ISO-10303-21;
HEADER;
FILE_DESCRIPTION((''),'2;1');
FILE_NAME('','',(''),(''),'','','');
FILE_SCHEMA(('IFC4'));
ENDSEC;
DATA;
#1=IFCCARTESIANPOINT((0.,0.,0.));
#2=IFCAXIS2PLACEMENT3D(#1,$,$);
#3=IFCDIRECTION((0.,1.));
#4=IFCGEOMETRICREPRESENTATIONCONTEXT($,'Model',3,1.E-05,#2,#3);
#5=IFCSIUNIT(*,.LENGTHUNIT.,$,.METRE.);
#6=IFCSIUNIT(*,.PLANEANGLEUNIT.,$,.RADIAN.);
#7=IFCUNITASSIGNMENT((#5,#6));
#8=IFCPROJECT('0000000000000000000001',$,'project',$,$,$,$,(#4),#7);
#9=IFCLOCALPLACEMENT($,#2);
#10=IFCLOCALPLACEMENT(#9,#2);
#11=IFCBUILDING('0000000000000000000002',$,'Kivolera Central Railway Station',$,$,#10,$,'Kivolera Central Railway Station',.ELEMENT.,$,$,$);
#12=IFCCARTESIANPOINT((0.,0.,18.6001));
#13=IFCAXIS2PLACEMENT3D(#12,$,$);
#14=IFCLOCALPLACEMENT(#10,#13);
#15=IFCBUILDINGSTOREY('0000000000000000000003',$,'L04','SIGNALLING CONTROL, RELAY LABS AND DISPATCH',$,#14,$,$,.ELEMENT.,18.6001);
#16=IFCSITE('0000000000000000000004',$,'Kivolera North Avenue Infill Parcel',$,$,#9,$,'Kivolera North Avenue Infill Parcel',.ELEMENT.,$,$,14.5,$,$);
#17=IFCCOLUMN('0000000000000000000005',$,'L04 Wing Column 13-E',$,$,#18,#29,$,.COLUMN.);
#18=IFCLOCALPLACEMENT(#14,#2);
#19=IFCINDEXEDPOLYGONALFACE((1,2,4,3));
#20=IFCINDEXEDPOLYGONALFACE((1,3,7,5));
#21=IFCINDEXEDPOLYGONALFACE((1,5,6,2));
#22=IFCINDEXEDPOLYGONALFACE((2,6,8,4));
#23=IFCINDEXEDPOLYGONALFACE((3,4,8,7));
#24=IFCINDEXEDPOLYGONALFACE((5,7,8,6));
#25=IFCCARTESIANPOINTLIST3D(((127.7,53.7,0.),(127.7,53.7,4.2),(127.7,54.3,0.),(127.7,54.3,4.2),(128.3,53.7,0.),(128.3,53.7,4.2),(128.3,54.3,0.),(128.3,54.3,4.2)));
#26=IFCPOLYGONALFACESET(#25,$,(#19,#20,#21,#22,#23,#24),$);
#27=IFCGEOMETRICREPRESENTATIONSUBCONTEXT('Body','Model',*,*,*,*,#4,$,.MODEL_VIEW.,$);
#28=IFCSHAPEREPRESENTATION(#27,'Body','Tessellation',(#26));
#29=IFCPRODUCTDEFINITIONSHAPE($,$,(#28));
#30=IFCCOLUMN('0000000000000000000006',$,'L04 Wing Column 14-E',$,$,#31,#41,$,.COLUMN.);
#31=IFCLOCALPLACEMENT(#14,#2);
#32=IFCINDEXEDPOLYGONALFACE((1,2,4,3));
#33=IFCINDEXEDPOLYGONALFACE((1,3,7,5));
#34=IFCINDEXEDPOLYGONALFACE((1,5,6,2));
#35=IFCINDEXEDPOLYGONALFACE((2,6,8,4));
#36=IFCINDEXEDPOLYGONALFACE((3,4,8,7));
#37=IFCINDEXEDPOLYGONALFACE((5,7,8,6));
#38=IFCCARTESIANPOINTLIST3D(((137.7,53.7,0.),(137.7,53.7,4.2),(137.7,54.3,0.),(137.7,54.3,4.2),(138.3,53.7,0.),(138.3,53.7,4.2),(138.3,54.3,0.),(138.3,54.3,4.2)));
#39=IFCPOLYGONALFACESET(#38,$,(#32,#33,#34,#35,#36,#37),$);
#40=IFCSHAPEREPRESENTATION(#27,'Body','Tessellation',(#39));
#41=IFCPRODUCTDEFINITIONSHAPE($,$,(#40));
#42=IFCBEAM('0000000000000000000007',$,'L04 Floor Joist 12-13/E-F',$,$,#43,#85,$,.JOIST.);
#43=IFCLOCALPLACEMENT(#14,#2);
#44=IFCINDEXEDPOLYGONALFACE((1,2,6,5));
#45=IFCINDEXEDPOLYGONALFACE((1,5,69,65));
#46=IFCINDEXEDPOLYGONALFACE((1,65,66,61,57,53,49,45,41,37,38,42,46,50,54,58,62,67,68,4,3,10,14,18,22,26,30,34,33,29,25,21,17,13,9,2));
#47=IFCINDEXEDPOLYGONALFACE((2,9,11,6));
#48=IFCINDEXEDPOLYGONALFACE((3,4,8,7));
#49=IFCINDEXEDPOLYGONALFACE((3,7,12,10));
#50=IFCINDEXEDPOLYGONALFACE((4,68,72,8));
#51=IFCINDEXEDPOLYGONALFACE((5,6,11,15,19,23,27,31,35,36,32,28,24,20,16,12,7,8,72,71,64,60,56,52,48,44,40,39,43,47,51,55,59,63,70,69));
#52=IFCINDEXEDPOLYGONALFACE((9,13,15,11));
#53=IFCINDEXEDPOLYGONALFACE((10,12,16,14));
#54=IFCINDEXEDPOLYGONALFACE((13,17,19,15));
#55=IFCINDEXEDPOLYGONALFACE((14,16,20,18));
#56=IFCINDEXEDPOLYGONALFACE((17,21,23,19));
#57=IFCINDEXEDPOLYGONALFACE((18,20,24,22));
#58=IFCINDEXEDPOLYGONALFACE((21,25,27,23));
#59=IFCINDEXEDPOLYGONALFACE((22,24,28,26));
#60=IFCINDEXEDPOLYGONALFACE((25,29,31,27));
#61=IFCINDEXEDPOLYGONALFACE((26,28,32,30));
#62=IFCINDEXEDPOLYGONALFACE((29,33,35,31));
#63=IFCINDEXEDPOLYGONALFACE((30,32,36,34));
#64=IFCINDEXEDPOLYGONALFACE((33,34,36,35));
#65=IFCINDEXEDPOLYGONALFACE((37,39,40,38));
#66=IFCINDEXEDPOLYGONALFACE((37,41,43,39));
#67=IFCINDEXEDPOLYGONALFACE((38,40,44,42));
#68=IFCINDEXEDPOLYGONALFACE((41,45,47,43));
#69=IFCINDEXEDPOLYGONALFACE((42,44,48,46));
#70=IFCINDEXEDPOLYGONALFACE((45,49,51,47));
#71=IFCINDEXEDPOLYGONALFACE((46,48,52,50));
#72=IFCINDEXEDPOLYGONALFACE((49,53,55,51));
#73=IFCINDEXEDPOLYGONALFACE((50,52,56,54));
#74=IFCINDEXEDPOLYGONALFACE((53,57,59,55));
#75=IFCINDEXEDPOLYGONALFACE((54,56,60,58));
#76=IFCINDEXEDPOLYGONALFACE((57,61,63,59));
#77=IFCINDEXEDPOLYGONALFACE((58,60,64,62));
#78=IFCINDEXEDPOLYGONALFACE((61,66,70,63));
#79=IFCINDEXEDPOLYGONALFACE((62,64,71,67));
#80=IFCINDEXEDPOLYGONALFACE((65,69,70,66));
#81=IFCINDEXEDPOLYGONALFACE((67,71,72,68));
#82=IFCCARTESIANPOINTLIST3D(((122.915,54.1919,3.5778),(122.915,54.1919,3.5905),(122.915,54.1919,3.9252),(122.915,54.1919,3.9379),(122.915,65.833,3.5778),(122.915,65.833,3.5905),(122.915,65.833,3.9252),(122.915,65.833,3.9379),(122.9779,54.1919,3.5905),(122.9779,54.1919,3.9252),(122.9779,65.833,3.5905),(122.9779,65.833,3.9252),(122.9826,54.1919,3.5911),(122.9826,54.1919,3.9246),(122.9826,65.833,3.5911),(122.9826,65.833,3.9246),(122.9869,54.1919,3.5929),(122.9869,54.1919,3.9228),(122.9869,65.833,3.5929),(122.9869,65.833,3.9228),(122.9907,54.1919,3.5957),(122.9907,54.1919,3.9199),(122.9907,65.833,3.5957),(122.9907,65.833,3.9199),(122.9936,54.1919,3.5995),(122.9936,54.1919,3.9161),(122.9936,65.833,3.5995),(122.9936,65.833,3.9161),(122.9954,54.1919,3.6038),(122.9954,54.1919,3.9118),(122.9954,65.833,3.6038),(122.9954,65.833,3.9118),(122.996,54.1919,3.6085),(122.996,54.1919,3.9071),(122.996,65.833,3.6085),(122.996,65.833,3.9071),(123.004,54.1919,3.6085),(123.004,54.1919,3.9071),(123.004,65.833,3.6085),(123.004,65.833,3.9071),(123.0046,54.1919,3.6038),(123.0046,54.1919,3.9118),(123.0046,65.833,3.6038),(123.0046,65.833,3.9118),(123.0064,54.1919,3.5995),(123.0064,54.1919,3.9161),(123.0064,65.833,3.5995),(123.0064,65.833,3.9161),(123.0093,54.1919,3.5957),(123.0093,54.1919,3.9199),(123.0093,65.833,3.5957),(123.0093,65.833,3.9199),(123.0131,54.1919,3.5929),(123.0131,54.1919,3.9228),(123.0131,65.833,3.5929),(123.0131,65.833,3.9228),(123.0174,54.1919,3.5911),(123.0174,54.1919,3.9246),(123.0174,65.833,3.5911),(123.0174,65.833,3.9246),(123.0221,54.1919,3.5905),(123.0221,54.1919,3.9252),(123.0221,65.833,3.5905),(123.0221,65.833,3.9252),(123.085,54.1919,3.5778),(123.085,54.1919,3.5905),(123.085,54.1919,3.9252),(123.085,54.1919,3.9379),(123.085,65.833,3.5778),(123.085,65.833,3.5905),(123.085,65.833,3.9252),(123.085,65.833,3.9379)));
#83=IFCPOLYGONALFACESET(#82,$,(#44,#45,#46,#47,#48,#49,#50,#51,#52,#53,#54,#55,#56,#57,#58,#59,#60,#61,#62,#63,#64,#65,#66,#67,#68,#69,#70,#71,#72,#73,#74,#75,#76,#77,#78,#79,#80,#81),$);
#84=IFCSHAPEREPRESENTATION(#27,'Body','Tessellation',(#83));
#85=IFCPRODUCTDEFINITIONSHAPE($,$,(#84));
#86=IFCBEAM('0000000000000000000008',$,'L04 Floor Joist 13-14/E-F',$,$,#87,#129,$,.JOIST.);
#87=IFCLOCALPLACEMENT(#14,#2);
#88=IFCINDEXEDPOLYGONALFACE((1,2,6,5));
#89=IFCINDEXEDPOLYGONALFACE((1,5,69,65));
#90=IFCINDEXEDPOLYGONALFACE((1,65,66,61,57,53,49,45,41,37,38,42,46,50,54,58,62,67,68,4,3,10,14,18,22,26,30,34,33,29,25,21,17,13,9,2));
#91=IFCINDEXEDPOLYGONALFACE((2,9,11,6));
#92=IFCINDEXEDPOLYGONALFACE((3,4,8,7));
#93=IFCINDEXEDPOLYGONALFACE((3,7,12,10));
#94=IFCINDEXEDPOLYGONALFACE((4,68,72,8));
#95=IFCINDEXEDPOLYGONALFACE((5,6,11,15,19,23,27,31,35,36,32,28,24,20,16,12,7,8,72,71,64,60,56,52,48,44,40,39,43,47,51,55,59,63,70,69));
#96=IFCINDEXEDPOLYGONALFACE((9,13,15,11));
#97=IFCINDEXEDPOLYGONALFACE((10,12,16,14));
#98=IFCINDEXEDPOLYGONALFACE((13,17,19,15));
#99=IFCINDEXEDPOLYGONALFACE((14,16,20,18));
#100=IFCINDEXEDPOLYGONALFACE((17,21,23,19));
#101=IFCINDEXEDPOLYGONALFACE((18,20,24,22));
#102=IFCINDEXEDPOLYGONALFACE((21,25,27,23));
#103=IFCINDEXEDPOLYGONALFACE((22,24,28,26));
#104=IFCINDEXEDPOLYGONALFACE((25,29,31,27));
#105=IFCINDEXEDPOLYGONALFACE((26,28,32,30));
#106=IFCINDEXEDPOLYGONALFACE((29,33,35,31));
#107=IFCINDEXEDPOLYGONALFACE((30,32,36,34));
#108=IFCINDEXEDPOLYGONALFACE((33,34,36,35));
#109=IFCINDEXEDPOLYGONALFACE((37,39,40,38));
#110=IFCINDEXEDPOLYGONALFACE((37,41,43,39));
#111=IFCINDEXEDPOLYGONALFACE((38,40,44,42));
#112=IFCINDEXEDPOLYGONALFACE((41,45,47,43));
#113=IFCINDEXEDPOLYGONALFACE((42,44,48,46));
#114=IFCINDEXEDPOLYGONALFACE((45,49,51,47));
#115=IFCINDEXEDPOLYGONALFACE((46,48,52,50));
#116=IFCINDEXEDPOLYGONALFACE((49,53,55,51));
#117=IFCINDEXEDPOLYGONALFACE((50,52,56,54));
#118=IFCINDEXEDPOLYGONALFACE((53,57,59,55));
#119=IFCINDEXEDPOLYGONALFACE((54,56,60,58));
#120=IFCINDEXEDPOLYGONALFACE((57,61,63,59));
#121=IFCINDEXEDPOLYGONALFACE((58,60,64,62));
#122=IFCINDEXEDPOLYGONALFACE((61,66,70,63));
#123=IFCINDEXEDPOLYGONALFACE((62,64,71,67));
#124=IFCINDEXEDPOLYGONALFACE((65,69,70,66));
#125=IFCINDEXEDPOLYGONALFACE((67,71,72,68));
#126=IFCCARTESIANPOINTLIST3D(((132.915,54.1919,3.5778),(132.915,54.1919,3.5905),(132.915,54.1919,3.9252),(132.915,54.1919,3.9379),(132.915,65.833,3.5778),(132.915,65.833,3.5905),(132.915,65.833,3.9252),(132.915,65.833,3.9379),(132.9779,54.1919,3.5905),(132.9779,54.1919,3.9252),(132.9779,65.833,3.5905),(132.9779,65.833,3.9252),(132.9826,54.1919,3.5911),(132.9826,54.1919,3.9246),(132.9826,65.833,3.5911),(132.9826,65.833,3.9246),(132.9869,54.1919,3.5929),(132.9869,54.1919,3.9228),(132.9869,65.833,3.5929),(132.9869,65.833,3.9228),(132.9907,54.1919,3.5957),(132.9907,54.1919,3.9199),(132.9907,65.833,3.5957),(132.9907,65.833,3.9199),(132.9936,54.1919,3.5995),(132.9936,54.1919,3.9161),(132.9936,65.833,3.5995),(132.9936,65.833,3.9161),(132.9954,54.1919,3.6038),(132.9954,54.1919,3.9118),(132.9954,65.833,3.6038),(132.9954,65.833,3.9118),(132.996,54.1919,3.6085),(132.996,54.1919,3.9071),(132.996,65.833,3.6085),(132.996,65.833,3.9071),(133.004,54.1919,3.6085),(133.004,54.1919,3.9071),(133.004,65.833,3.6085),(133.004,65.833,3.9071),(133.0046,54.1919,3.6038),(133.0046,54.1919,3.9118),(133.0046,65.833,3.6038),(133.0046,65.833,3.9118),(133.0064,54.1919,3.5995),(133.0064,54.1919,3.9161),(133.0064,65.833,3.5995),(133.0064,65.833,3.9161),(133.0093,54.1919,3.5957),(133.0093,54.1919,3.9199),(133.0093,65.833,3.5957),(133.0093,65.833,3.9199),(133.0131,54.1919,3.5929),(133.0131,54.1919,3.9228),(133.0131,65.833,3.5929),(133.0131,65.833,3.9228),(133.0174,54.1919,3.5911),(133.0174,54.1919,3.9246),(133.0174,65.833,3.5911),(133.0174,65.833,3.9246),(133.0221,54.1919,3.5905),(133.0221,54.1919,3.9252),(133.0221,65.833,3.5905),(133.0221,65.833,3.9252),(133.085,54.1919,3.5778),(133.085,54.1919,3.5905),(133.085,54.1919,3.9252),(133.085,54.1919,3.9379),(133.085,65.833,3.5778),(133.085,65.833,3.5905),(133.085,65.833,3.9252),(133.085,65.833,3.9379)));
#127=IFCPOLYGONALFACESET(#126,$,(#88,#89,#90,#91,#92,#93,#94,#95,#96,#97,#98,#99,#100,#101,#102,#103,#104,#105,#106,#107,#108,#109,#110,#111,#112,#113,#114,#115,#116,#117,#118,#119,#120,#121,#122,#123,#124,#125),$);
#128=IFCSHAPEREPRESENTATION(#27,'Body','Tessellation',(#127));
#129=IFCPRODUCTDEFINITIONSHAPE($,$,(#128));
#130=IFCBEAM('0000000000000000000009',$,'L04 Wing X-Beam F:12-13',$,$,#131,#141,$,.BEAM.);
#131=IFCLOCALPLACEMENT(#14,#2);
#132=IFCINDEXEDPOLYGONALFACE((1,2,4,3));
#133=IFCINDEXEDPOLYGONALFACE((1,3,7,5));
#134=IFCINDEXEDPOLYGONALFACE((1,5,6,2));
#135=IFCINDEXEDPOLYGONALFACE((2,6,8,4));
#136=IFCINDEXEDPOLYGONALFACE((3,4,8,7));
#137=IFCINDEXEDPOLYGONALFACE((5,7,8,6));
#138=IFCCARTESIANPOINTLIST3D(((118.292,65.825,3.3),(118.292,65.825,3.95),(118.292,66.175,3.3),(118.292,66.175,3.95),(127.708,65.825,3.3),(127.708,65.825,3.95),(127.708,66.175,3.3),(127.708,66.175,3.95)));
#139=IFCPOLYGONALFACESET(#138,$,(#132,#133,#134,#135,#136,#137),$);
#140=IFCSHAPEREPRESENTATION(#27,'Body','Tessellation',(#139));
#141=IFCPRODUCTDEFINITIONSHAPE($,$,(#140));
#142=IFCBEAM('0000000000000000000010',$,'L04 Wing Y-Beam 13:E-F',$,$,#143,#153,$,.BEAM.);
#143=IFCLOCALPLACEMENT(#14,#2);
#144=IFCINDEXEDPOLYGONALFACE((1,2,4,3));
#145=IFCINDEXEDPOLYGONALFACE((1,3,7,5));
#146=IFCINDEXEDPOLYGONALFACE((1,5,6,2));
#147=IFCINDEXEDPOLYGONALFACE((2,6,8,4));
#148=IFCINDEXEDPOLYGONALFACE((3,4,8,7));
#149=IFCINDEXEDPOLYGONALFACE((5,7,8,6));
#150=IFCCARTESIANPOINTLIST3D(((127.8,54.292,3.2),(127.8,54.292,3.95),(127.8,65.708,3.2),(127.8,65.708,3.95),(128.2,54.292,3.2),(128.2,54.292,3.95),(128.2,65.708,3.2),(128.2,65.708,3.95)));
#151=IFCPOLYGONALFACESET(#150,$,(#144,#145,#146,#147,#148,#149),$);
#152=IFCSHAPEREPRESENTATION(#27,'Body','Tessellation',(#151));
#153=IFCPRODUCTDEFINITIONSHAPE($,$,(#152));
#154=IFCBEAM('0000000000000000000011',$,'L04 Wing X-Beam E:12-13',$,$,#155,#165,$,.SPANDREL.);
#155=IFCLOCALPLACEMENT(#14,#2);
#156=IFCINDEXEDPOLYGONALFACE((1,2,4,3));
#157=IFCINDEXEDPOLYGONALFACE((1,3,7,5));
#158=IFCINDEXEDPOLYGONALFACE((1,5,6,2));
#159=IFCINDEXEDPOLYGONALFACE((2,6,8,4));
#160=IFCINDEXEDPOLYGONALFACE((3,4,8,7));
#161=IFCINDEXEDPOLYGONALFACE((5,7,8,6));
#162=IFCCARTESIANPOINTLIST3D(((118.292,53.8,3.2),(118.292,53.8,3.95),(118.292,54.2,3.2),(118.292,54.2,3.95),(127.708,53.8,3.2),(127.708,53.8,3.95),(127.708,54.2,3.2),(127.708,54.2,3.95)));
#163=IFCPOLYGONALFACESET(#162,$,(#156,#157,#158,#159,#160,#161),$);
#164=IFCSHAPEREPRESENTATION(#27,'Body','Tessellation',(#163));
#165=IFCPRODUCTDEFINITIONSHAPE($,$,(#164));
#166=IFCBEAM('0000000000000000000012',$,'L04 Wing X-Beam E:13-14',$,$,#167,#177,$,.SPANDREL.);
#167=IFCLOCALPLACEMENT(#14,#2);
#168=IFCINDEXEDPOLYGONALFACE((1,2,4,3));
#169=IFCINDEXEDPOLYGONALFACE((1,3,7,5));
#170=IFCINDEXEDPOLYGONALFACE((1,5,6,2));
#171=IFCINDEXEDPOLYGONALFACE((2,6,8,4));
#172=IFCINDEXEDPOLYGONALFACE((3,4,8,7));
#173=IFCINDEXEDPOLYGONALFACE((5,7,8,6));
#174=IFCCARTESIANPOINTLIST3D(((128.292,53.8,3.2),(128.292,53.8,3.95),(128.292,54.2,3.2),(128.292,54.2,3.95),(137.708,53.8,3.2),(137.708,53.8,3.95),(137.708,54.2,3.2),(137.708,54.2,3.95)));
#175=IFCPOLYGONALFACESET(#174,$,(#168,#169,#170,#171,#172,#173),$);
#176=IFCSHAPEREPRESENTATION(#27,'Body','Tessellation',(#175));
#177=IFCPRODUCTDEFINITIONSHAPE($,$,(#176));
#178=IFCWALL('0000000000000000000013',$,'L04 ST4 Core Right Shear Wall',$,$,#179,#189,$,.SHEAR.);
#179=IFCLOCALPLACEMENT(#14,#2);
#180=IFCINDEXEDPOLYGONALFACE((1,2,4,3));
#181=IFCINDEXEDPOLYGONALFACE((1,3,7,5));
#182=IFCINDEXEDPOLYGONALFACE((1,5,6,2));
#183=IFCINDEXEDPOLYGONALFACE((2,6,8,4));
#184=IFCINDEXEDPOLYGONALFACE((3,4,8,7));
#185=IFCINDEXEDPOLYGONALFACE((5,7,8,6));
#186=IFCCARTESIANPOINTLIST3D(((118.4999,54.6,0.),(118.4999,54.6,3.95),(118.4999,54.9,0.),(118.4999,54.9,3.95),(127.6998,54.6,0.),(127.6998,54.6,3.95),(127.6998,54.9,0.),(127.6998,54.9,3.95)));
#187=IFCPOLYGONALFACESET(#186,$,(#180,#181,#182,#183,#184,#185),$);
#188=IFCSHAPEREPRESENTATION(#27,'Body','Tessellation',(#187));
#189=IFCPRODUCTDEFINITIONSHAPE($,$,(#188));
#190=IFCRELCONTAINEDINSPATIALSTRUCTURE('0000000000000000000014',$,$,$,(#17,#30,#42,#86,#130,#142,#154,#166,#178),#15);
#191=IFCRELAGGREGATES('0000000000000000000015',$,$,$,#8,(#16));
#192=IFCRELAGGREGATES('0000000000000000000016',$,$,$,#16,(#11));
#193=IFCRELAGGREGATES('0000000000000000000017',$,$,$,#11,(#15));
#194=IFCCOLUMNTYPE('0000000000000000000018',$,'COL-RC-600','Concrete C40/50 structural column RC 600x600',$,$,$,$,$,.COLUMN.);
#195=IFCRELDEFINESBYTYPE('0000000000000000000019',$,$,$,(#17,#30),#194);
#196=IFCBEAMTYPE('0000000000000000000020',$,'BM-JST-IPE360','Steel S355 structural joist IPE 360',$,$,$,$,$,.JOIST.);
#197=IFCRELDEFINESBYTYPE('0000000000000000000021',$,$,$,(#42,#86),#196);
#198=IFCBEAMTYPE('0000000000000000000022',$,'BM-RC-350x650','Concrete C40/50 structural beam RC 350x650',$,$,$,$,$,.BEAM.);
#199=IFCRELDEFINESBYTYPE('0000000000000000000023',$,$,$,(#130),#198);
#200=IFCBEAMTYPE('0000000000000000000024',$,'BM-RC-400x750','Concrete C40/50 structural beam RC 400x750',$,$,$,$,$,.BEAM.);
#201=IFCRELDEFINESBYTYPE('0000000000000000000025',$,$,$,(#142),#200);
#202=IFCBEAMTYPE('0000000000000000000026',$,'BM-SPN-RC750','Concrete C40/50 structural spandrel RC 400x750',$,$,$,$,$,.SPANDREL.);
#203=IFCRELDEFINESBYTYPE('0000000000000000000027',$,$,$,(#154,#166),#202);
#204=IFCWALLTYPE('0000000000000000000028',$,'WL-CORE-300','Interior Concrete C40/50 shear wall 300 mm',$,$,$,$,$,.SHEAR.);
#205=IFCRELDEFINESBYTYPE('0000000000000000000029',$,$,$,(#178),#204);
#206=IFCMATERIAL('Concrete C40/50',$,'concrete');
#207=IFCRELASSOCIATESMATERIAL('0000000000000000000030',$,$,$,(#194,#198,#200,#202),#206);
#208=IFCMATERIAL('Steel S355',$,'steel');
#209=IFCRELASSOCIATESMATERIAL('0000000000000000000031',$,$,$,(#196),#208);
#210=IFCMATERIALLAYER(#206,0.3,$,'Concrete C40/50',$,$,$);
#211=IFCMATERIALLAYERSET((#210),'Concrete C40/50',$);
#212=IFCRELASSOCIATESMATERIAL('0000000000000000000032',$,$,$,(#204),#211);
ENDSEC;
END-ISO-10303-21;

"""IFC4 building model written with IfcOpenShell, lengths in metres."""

from ifc_helpers import new_model, si_unit, direction, frame, frame_2d, origin, origin_2d, place, context, subcontext, project, spatial, rectangle, i_section, extrude, material, layer, layer_set, material_profile, profile_set, type_object, element, save


model = new_model("IFC4")

# Units and contexts
model_context = context("Model", 3, precision=1e-05, world=origin(), true_north=direction((0.0, 1.0)))
body_context = subcontext(model_context, "Body", "Model", "MODEL_VIEW")
ifc_project = project(units=[si_unit("LENGTHUNIT", "METRE"), si_unit("PLANEANGLEUNIT", "RADIAN")], contexts=[model_context])

# Site, building, storey
site_placement = place(None, origin())
site = spatial("IfcSite", under=ifc_project, at=site_placement, Name="Kivolera North Avenue Infill Parcel", LongName="Kivolera North Avenue Infill Parcel", CompositionType="ELEMENT", RefElevation=14.5)
building_placement = place(site_placement, origin())
building = spatial("IfcBuilding", under=site, at=building_placement, Name="Kivolera Central Railway Station", LongName="Kivolera Central Railway Station", CompositionType="ELEMENT")
storey_placement = place(building_placement, frame((0.0, 0.0, 18.6001)))
storey = spatial("IfcBuildingStorey", under=building, at=storey_placement, Name="L04", Description="SIGNALLING CONTROL, RELAY LABS AND DISPATCH", CompositionType="ELEMENT", Elevation=18.6001)

# Columns
ifc_material_1 = material(Name="Concrete C40/50", Category="concrete")
ifc_material_profile_1 = material_profile(ifc_material_1, rectangle(XDim=0.6001, YDim=0.6001, at=origin_2d()), Name="RC 600x600")
ifc_profile_set_1 = profile_set([ifc_material_profile_1], Name="Concrete C40/50")
column_type = type_object("IfcColumnType", Name="COL-RC-600", Description="Concrete C40/50 structural column RC 600x600", PredefinedType="COLUMN", material=ifc_profile_set_1)
for number, where, z_axis, x_axis, name in (
    (1, (128.0, 54.0, 0.0), (0.0, 0.0, 1.0), (1.0, 0.0, 0.0), "L04 Wing Column 13-E"),
    (2, (138.0, 54.0, 0.0), (0.0, 0.0, 1.0), (1.0, 0.0, 0.0), "L04 Wing Column 14-E"),
):
    element("IfcColumn", number, at=place(storey_placement, frame(where, z_axis=z_axis, x_axis=x_axis)), inside=storey, type_object=column_type, Name=name, PredefinedType="COLUMN", context=body_context, shape_type="SweptSolid", body=[
        extrude(rectangle(XDim=0.6001, YDim=0.6001, at=origin_2d()), origin(), (0.0, 0.0, 1.0), 4.2),
    ])

# Beams
ifc_material_2 = material(Name="Steel S355", Category="steel")
ifc_material_profile_2 = material_profile(ifc_material_2, i_section(OverallWidth=0.1699, OverallDepth=0.3601, WebThickness=0.0081, FlangeThickness=0.0127, FilletRadius=0.0181, at=origin_2d()), Name="IPE 360")
ifc_profile_set_2 = profile_set([ifc_material_profile_2], Name="Steel S355")
beam_type_1 = type_object("IfcBeamType", Name="BM-JST-IPE360", Description="Steel S355 structural joist IPE 360", PredefinedType="JOIST", material=ifc_profile_set_2)
for number, where, z_axis, x_axis, name in (
    (3, (123.0, 54.1919, 3.7578), (0.0, 1.0, 0.0), (-1.0, 0.0, 0.0), "L04 Floor Joist 12-13/E-F"),
    (4, (133.0, 54.1919, 3.7578), (0.0, 1.0, 0.0), (-1.0, 0.0, 0.0), "L04 Floor Joist 13-14/E-F"),
):
    element("IfcBeam", number, at=place(storey_placement, frame(where, z_axis=z_axis, x_axis=x_axis)), inside=storey, type_object=beam_type_1, Name=name, PredefinedType="JOIST", context=body_context, shape_type="SweptSolid", body=[
        extrude(i_section(OverallWidth=0.1699, OverallDepth=0.3601, WebThickness=0.0081, FlangeThickness=0.0127, FilletRadius=0.0181, at=origin_2d()), origin(), (0.0, 0.0, 1.0), 11.6411),
    ])
ifc_material_profile_3 = material_profile(ifc_material_1, rectangle(XDim=0.3501, YDim=0.6499, at=origin_2d()), Name="RC 350x650")
ifc_profile_set_3 = profile_set([ifc_material_profile_3], Name="Concrete C40/50")
beam_type_2 = type_object("IfcBeamType", Name="BM-RC-350x650", Description="Concrete C40/50 structural beam RC 350x650", PredefinedType="BEAM", material=ifc_profile_set_3)
beam_1_placement = place(storey_placement, frame((118.292, 66.0, 3.625), z_axis=(1.0, 0.0, 0.0), x_axis=(0.0, 1.0, 0.0)))
element("IfcBeam", 5, at=beam_1_placement, inside=storey, type_object=beam_type_2, Name="L04 Wing X-Beam F:12-13", PredefinedType="BEAM", context=body_context, shape_type="SweptSolid", body=[
    extrude(rectangle(XDim=0.3501, YDim=0.6499, at=origin_2d()), origin(), (0.0, 0.0, 1.0), 9.416),
])
ifc_material_profile_4 = material_profile(ifc_material_1, rectangle(XDim=0.3999, YDim=0.75, at=origin_2d()), Name="RC 400x750")
ifc_profile_set_4 = profile_set([ifc_material_profile_4], Name="Concrete C40/50")
beam_type_3 = type_object("IfcBeamType", Name="BM-RC-400x750", Description="Concrete C40/50 structural beam RC 400x750", PredefinedType="BEAM", material=ifc_profile_set_4)
beam_2_placement = place(storey_placement, frame((128.0, 54.292, 3.575), z_axis=(0.0, 1.0, 0.0), x_axis=(-1.0, 0.0, 0.0)))
element("IfcBeam", 6, at=beam_2_placement, inside=storey, type_object=beam_type_3, Name="L04 Wing Y-Beam 13:E-F", PredefinedType="BEAM", context=body_context, shape_type="SweptSolid", body=[
    extrude(rectangle(XDim=0.3999, YDim=0.75, at=origin_2d()), origin(), (0.0, 0.0, 1.0), 11.416),
])
ifc_material_profile_5 = material_profile(ifc_material_1, rectangle(XDim=0.3999, YDim=0.75, at=origin_2d()), Name="RC 400x750")
ifc_profile_set_5 = profile_set([ifc_material_profile_5], Name="Concrete C40/50")
beam_type_4 = type_object("IfcBeamType", Name="BM-SPN-RC750", Description="Concrete C40/50 structural spandrel RC 400x750", PredefinedType="SPANDREL", material=ifc_profile_set_5)
for number, where, z_axis, x_axis, name in (
    (7, (118.292, 54.0, 3.575), (1.0, 0.0, 0.0), (0.0, 1.0, 0.0), "L04 Wing X-Beam E:12-13"),
    (8, (128.292, 54.0, 3.575), (1.0, 0.0, 0.0), (0.0, 1.0, 0.0), "L04 Wing X-Beam E:13-14"),
):
    element("IfcBeam", number, at=place(storey_placement, frame(where, z_axis=z_axis, x_axis=x_axis)), inside=storey, type_object=beam_type_4, Name=name, PredefinedType="SPANDREL", context=body_context, shape_type="SweptSolid", body=[
        extrude(rectangle(XDim=0.3999, YDim=0.75, at=origin_2d()), origin(), (0.0, 0.0, 1.0), 9.416),
    ])

# Wall
ifc_layer_1 = layer(ifc_material_1, 0.3, Name="Concrete C40/50")
ifc_layer_set_1 = layer_set([ifc_layer_1], Name="Concrete C40/50")
wall_type_1 = type_object("IfcWallType", Name="WL-CORE-300", Description="Interior Concrete C40/50 shear wall 300 mm", PredefinedType="SHEAR", material=ifc_layer_set_1)
wall_1_placement = place(storey_placement, frame((127.7, 54.75, 0.0), z_axis=(0.0, 0.0, 1.0), x_axis=(-1.0, 0.0, 0.0)))
element("IfcWall", 9, at=wall_1_placement, inside=storey, type_object=wall_type_1, Name="L04 ST4 Core Right Shear Wall", PredefinedType="SHEAR", context=body_context, shape_type="SweptSolid", body=[
    extrude(rectangle(XDim=9.2, YDim=0.3, at=frame_2d((4.6001, 0.0))), origin(), (0.0, 0.0, 1.0), 3.95),
])

save(model, "model.ifc")
